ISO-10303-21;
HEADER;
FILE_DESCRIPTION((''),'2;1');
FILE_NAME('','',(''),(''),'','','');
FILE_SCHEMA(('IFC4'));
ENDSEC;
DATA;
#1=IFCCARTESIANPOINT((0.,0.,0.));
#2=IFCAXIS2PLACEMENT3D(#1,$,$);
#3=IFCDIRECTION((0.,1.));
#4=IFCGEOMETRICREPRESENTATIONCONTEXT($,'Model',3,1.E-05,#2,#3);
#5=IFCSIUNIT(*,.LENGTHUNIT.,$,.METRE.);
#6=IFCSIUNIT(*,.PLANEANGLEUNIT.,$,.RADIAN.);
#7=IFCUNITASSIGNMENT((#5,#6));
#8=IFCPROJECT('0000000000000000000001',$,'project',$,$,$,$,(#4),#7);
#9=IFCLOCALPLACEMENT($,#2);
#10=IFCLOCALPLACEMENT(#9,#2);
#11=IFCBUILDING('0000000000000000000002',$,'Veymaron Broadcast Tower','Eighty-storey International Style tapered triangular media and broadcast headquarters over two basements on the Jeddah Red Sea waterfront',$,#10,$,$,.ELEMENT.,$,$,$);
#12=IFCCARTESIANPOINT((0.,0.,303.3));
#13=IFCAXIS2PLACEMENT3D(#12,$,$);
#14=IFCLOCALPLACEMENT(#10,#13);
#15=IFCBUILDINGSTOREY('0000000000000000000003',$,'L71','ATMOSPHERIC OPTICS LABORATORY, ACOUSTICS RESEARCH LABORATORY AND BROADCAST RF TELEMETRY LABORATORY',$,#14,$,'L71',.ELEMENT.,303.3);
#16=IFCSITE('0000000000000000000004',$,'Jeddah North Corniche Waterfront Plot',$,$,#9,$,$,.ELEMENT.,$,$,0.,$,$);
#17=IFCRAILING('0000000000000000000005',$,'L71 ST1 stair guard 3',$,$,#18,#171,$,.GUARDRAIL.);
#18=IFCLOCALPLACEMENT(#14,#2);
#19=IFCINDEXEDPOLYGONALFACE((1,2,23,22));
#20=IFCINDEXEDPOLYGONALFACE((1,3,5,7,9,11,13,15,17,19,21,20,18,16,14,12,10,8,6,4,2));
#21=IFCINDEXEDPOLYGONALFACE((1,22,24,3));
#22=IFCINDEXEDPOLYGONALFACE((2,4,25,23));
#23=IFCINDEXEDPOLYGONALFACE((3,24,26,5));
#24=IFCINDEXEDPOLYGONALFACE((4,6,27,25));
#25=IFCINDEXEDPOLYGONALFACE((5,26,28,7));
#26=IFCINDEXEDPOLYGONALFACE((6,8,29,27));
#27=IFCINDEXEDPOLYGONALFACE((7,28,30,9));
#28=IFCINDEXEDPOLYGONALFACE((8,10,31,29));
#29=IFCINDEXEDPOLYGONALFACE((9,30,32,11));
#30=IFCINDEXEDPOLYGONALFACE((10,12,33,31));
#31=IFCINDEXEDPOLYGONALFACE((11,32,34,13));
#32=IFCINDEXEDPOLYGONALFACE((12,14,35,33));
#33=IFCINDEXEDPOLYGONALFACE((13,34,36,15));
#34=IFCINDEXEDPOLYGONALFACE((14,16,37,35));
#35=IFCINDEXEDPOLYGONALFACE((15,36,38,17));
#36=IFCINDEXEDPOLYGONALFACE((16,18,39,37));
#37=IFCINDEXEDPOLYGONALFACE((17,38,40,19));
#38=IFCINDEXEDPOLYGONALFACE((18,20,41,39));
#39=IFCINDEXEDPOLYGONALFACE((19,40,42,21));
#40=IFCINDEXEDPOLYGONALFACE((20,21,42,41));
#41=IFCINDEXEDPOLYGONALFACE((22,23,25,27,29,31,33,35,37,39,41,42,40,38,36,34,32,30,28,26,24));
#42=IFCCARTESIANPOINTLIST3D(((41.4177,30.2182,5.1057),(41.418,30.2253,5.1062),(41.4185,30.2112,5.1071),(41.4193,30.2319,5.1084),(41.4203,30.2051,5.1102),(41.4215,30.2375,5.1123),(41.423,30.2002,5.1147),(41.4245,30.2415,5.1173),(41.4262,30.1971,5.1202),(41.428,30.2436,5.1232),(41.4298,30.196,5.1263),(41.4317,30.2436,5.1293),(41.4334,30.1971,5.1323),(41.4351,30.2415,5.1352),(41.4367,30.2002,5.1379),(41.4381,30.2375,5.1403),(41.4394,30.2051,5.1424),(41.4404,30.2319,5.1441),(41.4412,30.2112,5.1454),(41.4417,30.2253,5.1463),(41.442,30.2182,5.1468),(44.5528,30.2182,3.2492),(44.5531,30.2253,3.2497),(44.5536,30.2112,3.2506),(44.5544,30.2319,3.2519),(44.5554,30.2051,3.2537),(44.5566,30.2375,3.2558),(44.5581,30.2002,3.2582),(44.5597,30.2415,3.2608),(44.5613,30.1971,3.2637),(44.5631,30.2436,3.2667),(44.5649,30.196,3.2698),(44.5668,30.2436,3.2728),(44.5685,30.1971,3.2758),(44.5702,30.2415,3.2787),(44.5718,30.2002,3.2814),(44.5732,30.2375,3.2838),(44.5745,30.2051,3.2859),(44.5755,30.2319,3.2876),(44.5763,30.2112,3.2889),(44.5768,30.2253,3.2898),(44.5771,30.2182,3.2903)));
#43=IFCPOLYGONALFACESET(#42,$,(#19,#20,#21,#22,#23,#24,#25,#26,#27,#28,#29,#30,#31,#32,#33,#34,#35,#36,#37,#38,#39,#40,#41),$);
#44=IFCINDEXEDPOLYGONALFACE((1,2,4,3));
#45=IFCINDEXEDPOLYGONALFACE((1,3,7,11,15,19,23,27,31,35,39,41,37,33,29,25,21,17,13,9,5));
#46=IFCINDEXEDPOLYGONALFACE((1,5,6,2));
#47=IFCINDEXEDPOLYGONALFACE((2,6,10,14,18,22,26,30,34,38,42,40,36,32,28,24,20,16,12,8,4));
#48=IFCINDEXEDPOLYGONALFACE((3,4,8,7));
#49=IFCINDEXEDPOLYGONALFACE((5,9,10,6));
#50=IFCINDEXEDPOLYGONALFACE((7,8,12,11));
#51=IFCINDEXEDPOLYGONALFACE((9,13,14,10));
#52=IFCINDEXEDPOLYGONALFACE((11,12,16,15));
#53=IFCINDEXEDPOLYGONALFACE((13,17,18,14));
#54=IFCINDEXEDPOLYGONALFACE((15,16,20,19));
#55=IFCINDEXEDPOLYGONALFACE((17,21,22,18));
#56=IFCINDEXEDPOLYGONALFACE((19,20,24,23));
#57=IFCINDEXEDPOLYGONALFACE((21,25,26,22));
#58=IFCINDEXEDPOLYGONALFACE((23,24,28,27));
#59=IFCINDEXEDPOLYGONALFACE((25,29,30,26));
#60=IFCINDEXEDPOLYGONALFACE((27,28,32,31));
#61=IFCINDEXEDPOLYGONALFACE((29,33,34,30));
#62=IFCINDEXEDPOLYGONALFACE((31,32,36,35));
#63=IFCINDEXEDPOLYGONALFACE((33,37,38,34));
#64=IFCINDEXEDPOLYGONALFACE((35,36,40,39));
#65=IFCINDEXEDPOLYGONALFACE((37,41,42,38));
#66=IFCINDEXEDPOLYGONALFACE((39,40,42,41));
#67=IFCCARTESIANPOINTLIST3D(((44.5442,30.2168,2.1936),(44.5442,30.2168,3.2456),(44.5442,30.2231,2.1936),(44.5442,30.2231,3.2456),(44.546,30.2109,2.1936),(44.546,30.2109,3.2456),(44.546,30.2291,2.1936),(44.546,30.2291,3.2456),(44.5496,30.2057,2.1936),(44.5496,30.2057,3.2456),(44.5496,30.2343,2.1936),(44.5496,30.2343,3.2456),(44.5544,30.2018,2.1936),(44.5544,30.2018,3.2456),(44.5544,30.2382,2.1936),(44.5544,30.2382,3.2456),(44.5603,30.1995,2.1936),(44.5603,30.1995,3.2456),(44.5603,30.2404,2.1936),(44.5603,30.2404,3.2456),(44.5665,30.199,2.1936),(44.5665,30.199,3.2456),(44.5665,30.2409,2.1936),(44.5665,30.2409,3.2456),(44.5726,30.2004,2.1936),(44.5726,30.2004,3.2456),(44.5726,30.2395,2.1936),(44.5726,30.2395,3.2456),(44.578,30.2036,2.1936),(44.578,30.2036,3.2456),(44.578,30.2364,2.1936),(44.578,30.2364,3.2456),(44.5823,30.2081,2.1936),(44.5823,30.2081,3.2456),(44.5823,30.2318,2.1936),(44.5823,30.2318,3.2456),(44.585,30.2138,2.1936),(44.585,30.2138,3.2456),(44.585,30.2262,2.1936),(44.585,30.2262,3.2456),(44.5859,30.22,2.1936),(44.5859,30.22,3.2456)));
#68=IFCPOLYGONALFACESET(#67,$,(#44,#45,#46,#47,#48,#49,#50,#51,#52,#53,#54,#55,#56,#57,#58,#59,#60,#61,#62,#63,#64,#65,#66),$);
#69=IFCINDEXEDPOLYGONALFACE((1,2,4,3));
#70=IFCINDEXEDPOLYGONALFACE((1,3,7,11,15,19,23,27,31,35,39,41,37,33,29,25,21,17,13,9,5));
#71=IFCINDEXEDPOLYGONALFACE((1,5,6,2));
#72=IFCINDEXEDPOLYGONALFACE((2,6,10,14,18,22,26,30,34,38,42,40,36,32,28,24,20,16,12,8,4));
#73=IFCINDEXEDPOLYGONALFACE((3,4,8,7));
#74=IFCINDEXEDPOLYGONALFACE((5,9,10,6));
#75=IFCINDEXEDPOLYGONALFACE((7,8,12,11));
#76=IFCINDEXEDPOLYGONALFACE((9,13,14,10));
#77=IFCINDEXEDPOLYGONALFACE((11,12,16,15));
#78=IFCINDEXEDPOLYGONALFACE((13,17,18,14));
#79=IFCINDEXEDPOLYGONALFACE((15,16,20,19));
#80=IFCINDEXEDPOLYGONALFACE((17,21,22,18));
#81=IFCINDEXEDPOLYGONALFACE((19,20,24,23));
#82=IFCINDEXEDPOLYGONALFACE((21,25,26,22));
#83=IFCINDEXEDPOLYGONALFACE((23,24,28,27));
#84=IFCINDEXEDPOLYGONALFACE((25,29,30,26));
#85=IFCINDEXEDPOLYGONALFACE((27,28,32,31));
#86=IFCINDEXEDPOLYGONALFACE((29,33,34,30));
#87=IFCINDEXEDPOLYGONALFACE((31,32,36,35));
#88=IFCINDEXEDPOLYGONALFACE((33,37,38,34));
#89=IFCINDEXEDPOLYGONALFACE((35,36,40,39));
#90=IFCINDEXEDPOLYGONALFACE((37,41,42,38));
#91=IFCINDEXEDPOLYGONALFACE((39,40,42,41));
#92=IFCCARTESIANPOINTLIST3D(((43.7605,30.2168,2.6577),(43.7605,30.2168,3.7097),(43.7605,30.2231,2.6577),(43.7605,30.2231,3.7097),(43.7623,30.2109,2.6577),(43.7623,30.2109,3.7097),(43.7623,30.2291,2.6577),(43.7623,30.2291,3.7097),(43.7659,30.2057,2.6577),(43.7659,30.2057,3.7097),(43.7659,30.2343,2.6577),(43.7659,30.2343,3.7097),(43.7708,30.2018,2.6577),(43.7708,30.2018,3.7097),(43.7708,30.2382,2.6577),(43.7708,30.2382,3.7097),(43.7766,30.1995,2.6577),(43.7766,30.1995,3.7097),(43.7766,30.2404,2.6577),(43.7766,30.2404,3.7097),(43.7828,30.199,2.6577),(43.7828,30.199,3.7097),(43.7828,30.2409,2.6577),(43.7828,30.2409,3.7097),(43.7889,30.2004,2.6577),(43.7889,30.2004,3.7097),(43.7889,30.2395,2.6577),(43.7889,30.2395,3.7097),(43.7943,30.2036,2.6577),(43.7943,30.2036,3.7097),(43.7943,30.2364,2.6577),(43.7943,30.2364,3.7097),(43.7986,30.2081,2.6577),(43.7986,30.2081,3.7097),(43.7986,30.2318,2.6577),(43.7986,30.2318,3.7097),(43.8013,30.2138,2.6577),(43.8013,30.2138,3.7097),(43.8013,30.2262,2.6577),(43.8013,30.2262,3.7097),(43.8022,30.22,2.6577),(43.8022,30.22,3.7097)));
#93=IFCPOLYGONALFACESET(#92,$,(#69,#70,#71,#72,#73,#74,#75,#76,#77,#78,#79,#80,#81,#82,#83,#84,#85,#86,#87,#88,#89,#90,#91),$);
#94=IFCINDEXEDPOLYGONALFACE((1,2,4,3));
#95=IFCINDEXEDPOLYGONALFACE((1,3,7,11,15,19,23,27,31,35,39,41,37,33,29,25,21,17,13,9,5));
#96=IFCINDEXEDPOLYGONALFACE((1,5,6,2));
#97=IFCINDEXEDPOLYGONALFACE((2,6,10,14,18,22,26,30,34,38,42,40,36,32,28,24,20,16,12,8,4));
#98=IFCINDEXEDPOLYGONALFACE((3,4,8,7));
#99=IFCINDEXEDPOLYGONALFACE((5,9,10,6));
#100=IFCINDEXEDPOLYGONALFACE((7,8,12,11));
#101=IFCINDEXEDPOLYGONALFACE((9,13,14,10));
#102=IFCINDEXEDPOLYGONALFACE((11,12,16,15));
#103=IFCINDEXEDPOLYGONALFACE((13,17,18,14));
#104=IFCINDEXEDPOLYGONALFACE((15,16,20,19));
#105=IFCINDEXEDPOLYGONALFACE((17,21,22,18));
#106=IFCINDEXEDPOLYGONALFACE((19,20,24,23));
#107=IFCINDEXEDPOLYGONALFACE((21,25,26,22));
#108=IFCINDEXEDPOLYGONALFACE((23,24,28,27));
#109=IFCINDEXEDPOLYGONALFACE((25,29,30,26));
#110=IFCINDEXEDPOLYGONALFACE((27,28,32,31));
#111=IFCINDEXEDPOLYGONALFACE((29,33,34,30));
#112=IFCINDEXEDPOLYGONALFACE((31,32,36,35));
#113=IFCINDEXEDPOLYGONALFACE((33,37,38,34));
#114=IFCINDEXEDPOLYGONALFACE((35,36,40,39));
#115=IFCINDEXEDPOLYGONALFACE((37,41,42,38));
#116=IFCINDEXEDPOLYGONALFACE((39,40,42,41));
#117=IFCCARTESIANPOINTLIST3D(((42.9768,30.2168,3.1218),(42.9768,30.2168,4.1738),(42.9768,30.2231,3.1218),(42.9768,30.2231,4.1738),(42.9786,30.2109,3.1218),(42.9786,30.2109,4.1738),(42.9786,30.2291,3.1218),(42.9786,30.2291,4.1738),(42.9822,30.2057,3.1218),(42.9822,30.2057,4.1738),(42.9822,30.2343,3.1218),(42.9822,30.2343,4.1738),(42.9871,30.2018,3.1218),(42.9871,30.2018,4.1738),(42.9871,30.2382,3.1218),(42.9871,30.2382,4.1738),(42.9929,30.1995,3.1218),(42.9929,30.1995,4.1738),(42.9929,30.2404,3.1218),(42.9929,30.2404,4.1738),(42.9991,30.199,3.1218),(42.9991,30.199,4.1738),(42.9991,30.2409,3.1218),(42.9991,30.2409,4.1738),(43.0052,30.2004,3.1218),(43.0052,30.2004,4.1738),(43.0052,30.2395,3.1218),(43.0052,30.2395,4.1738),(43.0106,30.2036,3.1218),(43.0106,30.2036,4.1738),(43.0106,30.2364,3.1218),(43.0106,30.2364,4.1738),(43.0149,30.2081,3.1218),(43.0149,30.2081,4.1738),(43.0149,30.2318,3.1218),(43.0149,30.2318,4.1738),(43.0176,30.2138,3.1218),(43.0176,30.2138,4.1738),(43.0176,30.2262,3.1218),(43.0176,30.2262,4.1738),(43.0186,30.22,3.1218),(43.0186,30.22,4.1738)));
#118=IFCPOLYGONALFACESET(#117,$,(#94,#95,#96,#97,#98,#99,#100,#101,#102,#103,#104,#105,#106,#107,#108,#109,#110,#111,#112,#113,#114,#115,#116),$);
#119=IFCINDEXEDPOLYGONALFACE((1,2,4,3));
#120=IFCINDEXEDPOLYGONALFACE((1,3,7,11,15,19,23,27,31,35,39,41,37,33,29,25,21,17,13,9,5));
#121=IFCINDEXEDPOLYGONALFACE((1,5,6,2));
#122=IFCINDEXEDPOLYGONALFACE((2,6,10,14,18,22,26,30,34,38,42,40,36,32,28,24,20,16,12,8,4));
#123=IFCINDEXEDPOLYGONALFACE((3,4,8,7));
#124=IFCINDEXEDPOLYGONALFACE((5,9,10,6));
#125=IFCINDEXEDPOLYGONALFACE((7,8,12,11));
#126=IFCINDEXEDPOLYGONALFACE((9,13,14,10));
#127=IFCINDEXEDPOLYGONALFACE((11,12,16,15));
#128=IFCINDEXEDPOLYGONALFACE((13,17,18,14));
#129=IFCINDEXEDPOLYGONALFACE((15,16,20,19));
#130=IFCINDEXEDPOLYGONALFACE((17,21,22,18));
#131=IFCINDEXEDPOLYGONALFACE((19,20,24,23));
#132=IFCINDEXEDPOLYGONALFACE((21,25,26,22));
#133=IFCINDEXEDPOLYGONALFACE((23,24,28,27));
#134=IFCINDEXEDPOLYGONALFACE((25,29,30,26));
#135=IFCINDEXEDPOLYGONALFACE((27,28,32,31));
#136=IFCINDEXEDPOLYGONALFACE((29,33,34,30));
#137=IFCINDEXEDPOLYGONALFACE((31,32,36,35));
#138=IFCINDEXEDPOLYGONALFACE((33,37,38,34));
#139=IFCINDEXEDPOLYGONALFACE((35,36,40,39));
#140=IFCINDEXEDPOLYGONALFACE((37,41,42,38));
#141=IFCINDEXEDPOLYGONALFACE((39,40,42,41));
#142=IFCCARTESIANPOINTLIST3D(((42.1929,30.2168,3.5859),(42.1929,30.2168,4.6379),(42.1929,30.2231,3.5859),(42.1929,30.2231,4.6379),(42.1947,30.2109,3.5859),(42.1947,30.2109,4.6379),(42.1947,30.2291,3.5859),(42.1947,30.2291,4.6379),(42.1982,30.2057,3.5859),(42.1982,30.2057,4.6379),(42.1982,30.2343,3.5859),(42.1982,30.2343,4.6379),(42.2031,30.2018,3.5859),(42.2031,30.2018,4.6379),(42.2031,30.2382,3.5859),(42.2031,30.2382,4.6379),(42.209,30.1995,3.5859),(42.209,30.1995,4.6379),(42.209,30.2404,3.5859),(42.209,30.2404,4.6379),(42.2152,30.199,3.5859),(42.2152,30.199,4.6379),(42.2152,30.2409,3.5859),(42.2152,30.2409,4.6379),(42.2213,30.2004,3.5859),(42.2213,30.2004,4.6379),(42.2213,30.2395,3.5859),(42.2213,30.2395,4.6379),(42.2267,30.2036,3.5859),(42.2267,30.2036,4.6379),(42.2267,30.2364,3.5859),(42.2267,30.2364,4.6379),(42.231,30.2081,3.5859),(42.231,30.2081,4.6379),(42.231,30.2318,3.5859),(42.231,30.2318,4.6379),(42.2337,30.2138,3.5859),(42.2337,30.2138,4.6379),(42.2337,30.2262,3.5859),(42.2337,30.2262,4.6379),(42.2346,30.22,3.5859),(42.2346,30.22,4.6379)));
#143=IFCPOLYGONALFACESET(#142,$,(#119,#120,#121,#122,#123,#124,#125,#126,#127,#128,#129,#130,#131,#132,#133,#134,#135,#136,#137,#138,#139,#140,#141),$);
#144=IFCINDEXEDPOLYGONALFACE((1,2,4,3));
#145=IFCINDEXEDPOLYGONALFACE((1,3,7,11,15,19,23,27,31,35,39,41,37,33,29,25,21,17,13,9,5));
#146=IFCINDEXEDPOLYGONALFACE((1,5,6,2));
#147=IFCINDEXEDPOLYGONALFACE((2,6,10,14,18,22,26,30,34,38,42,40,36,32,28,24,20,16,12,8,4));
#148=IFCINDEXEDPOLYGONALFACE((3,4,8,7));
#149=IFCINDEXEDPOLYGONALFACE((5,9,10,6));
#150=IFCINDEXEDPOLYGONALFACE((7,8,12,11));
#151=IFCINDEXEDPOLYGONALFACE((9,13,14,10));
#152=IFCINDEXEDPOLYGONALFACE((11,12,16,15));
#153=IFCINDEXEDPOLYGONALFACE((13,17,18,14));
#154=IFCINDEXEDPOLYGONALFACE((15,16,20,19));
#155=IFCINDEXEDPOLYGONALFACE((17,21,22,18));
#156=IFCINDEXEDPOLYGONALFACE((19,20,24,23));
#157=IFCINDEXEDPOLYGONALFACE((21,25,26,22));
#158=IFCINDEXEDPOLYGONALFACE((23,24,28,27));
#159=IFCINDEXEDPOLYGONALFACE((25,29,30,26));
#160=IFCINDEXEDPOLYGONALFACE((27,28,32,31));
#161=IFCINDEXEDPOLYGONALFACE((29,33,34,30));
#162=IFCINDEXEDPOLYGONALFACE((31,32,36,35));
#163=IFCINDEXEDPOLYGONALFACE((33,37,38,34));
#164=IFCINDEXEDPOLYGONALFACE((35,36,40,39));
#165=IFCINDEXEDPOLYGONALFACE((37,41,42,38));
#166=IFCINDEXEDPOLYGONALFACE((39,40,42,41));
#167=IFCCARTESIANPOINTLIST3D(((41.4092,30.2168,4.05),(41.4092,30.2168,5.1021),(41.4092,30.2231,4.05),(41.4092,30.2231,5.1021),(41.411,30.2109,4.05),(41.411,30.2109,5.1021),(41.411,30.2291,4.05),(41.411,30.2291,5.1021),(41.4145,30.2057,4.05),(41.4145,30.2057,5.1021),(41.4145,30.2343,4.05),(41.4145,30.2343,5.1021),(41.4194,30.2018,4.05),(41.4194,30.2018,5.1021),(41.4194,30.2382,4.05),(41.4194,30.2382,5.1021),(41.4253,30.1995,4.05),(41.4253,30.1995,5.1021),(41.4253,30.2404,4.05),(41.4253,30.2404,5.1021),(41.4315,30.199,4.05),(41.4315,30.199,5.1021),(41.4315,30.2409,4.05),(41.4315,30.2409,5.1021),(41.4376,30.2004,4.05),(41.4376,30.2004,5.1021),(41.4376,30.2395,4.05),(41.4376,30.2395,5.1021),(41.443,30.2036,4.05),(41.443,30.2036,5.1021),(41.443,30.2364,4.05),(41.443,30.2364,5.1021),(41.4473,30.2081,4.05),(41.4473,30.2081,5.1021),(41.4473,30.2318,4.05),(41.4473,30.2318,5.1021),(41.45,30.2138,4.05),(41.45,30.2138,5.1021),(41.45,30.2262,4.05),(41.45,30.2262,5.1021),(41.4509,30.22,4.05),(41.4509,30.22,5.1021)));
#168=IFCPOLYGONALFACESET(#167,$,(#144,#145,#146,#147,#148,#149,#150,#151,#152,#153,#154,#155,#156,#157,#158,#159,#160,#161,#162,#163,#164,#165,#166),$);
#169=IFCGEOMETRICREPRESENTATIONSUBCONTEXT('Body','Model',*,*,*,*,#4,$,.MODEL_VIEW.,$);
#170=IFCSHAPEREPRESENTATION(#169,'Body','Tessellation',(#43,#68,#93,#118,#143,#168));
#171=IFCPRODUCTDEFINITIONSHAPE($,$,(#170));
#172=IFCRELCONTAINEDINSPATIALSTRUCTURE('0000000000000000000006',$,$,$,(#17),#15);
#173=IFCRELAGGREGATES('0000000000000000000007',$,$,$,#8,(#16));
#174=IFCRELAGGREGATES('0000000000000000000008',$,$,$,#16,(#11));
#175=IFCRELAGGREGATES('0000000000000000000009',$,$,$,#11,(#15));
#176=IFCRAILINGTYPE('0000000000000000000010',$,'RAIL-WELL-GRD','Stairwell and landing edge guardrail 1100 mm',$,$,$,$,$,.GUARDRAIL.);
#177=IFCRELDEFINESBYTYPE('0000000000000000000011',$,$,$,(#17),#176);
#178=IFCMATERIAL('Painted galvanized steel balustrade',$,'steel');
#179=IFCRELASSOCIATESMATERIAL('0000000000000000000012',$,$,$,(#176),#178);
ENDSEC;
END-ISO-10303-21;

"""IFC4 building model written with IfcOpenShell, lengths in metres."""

from ifc_helpers import new_model, si_unit, direction, frame, origin, origin_2d, place, context, subcontext, project, spatial, circle, extrude, material, type_object, element, save


model = new_model("IFC4")

# Units and contexts
model_context = context("Model", 3, precision=1e-05, world=origin(), true_north=direction((0.0, 1.0)))
body_context = subcontext(model_context, "Body", "Model", "MODEL_VIEW")
ifc_project = project(units=[si_unit("LENGTHUNIT", "METRE"), si_unit("PLANEANGLEUNIT", "RADIAN")], contexts=[model_context])

# Site, building, storey
site_placement = place(None, origin())
site = spatial("IfcSite", under=ifc_project, at=site_placement, Name="Jeddah North Corniche Waterfront Plot", CompositionType="ELEMENT", RefElevation=0.0)
building_placement = place(site_placement, origin())
building = spatial("IfcBuilding", under=site, at=building_placement, Name="Veymaron Broadcast Tower", Description="Eighty-storey International Style tapered triangular media and broadcast headquarters over two basements on the Jeddah Red Sea waterfront", CompositionType="ELEMENT")
storey_placement = place(building_placement, frame((0.0, 0.0, 303.3)))
storey = spatial("IfcBuildingStorey", under=building, at=storey_placement, Name="L71", Description="ATMOSPHERIC OPTICS LABORATORY, ACOUSTICS RESEARCH LABORATORY AND BROADCAST RF TELEMETRY LABORATORY", LongName="L71", CompositionType="ELEMENT", Elevation=303.3)

# Railing
ifc_material_1 = material(Name="Painted galvanized steel balustrade", Category="steel")
railing_type_1 = type_object("IfcRailingType", Name="RAIL-WELL-GRD", Description="Stairwell and landing edge guardrail 1100 mm", PredefinedType="GUARDRAIL", material=ifc_material_1)
railing_1_placement = place(storey_placement, frame((44.5649, 30.22, 2.1936)))
element("IfcRailing", 1, at=railing_1_placement, inside=storey, type_object=railing_type_1, Name="L71 ST1 stair guard 3", PredefinedType="GUARDRAIL", context=body_context, shape_type="SweptSolid", body=[
    extrude(circle(Radius=0.0239, at=origin_2d()), frame((0.0, 0.0, 1.0762), z_axis=(-0.860453, 0.0, 0.509531), x_axis=(0.0, -1.0, 0.0)), (0.0, 0.0, 1.0), 3.6436),
    extrude(circle(Radius=0.021, at=origin_2d()), origin(), (0.0, 0.0, 1.0), 1.052),
    extrude(circle(Radius=0.021, at=origin_2d()), frame((-0.7837, 0.0, 0.4641)), (0.0, 0.0, 1.0), 1.052),
    extrude(circle(Radius=0.021, at=origin_2d()), frame((-1.5674, 0.0, 0.9282)), (0.0, 0.0, 1.0), 1.052),
    extrude(circle(Radius=0.021, at=origin_2d()), frame((-2.3513, 0.0, 1.3923)), (0.0, 0.0, 1.0), 1.052),
    extrude(circle(Radius=0.021, at=origin_2d()), frame((-3.135, 0.0, 1.8564)), (0.0, 0.0, 1.0), 1.052),
])

save(model, "model.ifc")
